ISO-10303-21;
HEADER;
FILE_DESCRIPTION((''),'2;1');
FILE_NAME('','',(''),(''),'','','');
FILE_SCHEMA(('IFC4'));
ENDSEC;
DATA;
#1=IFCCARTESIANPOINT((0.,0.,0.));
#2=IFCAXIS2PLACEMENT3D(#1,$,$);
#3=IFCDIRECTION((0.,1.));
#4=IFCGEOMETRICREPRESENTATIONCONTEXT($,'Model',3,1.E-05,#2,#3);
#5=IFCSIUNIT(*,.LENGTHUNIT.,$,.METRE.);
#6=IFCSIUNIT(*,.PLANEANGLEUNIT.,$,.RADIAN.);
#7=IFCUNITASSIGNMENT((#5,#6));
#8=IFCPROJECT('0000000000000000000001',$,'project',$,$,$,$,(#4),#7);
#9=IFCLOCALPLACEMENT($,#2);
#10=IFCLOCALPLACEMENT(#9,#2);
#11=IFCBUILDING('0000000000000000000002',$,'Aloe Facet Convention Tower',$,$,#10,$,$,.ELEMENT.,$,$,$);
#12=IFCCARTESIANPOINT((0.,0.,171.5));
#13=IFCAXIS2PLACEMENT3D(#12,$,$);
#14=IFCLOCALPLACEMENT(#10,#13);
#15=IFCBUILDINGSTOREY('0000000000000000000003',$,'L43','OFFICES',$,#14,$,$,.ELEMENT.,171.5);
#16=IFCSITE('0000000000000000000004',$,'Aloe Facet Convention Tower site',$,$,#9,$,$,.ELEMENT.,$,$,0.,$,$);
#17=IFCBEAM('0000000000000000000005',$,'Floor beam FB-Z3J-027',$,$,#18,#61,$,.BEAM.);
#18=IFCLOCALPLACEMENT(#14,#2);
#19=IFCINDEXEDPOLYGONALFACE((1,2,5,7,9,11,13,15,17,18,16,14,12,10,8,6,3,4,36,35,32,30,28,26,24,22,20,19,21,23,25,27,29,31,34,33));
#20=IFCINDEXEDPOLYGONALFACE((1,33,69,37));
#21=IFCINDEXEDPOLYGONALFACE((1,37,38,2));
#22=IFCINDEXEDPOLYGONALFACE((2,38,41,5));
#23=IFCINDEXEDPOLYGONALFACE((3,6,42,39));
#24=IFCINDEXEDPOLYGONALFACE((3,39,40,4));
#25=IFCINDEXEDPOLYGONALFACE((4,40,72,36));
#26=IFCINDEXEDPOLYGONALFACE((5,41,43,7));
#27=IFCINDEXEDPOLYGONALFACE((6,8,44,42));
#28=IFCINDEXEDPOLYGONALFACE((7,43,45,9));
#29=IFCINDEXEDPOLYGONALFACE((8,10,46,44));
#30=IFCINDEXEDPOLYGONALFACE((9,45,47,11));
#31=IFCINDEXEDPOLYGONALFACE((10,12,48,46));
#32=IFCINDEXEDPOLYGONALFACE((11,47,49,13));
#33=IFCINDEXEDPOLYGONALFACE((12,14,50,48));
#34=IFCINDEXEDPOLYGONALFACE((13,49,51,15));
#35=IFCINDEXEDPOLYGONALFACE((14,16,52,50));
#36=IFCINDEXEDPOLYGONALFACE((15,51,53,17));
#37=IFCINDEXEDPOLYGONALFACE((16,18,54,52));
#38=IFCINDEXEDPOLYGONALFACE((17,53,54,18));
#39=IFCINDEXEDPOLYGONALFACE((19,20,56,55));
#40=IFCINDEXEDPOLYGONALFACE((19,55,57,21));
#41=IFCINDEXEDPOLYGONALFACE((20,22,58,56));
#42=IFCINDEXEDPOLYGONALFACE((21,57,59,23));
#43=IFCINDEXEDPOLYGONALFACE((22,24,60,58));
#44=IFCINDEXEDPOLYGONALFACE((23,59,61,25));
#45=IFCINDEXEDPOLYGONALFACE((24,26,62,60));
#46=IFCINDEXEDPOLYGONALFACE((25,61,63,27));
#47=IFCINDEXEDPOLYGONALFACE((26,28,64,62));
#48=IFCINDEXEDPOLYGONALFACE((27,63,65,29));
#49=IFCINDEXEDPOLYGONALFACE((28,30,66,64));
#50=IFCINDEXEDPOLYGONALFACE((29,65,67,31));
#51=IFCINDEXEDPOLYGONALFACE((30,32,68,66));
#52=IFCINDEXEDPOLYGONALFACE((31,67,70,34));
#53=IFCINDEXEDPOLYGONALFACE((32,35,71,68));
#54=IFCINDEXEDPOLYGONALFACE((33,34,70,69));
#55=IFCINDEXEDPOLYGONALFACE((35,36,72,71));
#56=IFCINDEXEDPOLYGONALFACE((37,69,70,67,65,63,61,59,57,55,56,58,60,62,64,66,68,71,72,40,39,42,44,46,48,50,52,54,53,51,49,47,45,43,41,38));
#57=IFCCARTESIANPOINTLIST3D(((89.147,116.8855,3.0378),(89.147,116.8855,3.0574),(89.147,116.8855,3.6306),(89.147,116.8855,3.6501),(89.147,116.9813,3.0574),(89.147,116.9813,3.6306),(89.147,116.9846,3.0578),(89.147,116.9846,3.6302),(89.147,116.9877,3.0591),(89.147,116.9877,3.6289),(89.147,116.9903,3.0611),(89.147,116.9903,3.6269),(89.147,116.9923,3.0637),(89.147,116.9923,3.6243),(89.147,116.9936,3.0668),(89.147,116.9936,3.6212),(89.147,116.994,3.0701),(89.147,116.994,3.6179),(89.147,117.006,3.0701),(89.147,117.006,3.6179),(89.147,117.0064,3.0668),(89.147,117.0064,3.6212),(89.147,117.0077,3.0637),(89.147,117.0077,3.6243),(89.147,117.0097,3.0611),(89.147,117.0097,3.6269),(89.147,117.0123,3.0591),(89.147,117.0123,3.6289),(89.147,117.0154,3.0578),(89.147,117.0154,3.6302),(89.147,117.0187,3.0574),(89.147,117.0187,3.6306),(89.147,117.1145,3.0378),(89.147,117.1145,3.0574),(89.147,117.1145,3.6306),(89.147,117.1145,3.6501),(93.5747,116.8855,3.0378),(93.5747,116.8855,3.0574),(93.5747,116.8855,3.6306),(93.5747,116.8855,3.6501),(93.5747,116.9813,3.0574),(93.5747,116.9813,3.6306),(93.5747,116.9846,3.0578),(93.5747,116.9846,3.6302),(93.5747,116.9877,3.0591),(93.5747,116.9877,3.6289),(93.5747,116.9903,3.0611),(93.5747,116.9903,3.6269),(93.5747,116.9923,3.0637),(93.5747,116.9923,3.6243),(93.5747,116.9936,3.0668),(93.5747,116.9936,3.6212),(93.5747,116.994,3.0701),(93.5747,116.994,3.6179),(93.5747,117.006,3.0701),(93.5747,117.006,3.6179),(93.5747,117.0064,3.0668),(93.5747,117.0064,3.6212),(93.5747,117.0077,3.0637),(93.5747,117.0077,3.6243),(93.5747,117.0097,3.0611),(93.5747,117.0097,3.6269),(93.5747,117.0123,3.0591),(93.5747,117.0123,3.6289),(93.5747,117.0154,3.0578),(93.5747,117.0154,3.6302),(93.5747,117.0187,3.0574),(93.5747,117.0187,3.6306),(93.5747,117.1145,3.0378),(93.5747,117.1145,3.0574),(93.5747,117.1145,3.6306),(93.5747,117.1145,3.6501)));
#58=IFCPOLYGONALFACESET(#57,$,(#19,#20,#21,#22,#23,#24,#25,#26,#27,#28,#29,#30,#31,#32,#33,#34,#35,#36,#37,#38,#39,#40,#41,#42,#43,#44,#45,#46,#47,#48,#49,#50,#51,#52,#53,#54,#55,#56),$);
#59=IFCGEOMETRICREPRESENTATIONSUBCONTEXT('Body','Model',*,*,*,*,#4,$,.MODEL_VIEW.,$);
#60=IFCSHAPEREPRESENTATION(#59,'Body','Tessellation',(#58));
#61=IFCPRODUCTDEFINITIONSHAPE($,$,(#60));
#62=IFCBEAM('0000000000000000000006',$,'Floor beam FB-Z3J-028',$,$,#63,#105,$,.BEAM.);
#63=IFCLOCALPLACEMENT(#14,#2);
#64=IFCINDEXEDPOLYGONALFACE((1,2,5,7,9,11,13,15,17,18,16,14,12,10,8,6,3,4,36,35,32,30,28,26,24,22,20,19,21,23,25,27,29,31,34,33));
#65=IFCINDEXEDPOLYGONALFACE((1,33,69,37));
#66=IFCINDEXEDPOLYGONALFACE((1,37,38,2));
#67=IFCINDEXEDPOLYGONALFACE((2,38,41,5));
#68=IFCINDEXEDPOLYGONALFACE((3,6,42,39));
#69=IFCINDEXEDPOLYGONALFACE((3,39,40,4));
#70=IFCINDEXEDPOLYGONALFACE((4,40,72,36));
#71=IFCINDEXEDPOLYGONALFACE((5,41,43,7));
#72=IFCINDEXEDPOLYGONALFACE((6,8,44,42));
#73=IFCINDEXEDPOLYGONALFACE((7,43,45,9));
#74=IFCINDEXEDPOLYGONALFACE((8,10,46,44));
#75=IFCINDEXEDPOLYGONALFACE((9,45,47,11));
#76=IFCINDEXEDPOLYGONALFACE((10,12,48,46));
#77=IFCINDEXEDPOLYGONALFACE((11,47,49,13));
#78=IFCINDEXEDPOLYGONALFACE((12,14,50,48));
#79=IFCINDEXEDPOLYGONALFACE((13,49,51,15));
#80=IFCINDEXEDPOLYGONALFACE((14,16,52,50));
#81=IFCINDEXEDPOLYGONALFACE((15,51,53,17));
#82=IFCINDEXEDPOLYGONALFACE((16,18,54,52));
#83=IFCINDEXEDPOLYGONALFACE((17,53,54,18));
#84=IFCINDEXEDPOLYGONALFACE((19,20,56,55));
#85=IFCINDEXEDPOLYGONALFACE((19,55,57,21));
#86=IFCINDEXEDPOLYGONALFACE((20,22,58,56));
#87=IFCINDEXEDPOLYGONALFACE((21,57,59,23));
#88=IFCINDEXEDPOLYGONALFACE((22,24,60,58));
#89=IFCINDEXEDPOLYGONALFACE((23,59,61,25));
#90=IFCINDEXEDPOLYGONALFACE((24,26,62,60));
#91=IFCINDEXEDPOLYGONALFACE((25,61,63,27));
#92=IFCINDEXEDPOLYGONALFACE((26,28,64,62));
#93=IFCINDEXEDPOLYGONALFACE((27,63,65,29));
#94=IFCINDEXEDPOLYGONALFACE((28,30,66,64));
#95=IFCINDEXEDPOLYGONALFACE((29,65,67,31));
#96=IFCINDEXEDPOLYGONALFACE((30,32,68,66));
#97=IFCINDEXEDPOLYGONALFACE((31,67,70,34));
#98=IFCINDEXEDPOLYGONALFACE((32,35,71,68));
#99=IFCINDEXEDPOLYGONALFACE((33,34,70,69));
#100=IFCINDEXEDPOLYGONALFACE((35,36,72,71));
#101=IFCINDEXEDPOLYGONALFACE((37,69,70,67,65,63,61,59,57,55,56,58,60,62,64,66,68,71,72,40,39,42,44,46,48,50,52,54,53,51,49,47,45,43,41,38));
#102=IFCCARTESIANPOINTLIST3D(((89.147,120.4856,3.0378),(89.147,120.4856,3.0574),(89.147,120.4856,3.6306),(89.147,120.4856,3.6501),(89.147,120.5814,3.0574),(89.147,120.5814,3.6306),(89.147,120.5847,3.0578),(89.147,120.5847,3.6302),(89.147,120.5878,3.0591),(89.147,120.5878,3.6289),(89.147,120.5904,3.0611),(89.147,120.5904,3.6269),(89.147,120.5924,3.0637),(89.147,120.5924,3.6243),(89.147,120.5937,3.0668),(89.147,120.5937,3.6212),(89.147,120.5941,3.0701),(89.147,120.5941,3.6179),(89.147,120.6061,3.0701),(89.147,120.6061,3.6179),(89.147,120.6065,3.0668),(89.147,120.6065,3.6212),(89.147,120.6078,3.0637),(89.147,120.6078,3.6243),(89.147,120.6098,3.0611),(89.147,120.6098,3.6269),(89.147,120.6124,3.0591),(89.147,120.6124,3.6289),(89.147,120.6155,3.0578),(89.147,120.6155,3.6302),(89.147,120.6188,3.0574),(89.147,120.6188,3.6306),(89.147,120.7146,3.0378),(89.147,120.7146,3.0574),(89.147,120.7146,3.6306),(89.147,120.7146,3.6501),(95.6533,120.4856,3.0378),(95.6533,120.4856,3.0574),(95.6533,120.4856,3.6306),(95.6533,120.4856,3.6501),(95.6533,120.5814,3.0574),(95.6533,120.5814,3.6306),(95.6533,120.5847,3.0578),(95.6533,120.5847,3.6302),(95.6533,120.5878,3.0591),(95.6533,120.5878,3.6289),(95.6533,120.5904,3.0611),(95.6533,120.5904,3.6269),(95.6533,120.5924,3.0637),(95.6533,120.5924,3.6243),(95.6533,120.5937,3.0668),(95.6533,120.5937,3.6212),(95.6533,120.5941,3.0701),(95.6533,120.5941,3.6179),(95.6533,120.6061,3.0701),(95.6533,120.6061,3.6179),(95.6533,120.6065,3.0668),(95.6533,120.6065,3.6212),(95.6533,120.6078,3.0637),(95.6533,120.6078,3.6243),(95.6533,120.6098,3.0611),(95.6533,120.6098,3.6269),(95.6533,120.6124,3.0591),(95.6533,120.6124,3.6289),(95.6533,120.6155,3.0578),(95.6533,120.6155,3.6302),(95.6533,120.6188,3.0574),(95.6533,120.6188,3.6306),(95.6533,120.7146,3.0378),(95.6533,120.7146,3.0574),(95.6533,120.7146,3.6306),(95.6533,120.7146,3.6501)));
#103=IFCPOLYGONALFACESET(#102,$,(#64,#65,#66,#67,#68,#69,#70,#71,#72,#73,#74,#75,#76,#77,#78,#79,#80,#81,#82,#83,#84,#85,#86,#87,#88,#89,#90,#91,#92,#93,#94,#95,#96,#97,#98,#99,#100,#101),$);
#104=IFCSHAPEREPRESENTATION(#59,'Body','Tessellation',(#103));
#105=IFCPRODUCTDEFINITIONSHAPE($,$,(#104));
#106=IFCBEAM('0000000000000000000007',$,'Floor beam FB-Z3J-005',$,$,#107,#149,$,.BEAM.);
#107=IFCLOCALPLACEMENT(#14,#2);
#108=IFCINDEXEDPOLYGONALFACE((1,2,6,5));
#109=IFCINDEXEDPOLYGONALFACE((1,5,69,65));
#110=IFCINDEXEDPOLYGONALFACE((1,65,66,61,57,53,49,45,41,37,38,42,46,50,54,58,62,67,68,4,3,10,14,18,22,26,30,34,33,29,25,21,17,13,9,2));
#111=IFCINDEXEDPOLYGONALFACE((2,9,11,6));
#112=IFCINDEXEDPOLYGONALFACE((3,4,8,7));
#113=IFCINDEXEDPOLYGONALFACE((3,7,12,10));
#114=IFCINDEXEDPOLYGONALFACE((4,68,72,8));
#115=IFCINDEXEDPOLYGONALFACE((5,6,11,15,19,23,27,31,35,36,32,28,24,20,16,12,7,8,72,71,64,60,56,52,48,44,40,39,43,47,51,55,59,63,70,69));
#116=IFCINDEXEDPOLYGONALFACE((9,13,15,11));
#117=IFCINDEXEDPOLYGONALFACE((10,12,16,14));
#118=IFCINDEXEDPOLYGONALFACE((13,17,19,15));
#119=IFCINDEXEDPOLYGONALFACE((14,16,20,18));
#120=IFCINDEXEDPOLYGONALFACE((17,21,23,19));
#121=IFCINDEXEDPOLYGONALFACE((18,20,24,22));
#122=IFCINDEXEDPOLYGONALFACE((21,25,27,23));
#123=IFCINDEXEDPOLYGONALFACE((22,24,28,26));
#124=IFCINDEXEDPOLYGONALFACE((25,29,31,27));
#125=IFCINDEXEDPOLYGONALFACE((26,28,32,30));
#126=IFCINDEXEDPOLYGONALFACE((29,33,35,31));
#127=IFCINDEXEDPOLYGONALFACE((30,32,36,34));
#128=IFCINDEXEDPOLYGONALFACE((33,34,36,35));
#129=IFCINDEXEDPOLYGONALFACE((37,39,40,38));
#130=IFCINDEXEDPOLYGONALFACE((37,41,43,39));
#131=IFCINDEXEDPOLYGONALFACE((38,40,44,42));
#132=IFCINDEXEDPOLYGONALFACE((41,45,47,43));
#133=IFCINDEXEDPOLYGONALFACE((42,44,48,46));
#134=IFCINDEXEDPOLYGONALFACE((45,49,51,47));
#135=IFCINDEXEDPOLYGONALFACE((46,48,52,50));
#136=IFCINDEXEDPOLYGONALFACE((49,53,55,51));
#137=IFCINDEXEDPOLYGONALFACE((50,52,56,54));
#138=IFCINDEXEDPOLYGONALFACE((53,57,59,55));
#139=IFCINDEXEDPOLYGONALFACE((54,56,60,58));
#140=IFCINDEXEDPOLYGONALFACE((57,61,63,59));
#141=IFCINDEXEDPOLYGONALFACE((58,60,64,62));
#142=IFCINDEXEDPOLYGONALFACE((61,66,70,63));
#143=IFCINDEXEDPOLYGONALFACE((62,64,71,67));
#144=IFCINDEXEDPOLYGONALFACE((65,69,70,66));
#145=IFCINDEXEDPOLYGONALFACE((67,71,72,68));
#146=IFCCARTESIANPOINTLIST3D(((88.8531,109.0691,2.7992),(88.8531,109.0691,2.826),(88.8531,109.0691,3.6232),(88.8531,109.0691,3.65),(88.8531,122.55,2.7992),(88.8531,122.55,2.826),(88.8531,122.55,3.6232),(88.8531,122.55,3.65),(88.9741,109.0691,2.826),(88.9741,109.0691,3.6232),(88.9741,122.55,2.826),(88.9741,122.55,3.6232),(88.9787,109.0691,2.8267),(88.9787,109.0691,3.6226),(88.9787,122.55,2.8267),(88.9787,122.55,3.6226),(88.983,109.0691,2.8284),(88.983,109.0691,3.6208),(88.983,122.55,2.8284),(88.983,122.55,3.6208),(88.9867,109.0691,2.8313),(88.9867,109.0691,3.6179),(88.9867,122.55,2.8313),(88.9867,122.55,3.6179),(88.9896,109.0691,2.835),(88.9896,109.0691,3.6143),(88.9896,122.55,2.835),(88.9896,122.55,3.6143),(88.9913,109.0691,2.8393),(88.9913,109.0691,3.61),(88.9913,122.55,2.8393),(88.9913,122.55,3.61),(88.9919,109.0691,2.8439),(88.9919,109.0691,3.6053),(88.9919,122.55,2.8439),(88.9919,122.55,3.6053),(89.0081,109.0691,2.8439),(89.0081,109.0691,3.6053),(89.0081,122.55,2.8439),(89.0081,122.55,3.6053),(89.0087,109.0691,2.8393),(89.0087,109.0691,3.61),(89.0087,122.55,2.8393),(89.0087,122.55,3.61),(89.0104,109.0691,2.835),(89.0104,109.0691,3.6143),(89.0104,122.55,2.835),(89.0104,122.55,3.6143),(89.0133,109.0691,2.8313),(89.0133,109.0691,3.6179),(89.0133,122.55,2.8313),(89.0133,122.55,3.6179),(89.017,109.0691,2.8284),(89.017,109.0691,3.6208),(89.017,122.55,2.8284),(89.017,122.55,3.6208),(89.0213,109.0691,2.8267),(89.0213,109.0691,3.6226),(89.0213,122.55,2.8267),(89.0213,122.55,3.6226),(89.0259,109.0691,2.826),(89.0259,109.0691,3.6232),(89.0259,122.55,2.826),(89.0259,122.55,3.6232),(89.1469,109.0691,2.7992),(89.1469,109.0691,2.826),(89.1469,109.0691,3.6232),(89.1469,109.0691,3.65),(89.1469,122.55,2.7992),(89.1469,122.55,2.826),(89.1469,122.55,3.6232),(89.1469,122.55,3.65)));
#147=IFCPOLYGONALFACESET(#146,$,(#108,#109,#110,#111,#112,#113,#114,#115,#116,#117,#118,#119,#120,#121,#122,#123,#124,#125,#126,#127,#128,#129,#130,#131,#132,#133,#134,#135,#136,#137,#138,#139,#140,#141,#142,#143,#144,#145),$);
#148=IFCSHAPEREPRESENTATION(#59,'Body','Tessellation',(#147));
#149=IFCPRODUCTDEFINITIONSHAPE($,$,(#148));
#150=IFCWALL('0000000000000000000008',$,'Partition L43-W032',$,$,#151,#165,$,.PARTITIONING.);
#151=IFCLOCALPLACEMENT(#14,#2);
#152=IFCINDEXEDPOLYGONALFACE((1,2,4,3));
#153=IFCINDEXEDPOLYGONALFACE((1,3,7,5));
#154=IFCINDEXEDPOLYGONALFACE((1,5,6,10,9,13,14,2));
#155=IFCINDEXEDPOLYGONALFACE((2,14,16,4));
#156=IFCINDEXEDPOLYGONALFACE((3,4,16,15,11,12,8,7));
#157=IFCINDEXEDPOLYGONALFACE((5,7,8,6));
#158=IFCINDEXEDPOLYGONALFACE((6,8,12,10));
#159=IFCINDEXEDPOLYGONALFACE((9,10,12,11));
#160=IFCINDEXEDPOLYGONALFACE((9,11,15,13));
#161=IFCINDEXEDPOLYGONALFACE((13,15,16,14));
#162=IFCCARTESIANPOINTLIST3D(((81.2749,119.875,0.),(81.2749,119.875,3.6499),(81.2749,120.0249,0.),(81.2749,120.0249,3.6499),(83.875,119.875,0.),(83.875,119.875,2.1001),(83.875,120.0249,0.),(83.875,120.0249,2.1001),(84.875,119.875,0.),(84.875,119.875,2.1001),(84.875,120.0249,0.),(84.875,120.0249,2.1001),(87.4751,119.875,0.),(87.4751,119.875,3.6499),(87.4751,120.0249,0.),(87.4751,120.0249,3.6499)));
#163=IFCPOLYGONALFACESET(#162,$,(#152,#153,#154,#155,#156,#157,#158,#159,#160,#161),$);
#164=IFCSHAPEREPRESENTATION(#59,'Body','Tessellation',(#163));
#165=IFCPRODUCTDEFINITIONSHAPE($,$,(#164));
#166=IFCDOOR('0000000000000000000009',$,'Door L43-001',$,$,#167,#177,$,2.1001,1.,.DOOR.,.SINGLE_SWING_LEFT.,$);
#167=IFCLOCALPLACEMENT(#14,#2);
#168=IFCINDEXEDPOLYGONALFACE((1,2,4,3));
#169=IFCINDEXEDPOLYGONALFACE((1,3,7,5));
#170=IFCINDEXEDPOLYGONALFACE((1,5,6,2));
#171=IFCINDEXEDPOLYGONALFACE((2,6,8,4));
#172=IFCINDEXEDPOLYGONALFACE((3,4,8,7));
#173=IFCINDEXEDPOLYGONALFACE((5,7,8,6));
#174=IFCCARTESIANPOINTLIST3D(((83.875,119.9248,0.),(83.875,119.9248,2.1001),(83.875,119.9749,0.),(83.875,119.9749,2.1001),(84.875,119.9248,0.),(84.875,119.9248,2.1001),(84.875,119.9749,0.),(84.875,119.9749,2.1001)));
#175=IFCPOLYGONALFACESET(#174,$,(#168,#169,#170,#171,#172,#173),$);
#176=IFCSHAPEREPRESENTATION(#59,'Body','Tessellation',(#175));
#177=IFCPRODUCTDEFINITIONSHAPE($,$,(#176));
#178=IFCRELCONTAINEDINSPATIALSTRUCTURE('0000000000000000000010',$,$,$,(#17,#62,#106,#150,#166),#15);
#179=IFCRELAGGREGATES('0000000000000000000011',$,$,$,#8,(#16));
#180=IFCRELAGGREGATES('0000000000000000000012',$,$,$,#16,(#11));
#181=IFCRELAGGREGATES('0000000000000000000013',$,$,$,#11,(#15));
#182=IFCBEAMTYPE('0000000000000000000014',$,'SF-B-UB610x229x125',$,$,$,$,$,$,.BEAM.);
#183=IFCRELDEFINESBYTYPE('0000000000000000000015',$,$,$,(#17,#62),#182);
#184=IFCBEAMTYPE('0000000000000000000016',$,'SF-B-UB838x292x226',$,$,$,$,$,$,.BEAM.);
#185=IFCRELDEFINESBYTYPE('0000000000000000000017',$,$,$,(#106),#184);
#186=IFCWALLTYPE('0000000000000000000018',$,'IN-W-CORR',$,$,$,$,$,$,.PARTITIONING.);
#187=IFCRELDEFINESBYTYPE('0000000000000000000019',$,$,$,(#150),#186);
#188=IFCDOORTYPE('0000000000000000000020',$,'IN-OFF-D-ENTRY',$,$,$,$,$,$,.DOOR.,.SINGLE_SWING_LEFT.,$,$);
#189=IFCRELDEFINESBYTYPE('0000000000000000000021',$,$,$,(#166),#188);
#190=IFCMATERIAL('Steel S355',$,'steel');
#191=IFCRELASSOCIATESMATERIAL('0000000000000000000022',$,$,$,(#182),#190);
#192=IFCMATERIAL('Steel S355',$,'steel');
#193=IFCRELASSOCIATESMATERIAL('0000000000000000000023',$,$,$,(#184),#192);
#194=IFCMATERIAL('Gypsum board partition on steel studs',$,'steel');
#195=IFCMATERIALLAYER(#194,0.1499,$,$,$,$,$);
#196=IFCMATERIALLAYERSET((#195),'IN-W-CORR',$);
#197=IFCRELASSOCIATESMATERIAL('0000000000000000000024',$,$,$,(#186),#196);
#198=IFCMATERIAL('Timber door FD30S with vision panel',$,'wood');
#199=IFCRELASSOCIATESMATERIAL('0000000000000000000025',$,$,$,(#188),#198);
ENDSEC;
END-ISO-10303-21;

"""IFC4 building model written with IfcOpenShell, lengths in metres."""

from ifc_helpers import new_model, si_unit, direction, frame, frame_2d, origin, origin_2d, place, context, subcontext, project, spatial, rectangle, i_section, extrude, material, layer, layer_set, material_profile, profile_set, type_object, element, fill, save


model = new_model("IFC4")

# Units and contexts
model_context = context("Model", 3, precision=1e-05, world=origin(), true_north=direction((0.0, 1.0)))
body_context = subcontext(model_context, "Body", "Model", "MODEL_VIEW")
ifc_project = project(units=[si_unit("LENGTHUNIT", "METRE"), si_unit("PLANEANGLEUNIT", "RADIAN")], contexts=[model_context])

# Site, building, storey
site_placement = place(None, origin())
site = spatial("IfcSite", under=ifc_project, at=site_placement, Name="Aloe Facet Convention Tower site", CompositionType="ELEMENT", RefElevation=0.0)
building_placement = place(site_placement, origin())
building = spatial("IfcBuilding", under=site, at=building_placement, Name="Aloe Facet Convention Tower", CompositionType="ELEMENT")
storey_placement = place(building_placement, frame((0.0, 0.0, 171.5)))
storey = spatial("IfcBuildingStorey", under=building, at=storey_placement, Name="L43", Description="OFFICES", CompositionType="ELEMENT", Elevation=171.5)

# Beams
ifc_material_1 = material(Name="Steel S355", Category="steel")
ifc_material_profile_1 = material_profile(ifc_material_1, i_section(OverallWidth=0.229, OverallDepth=0.6123, WebThickness=0.012, FlangeThickness=0.0195, FilletRadius=0.0127, at=origin_2d()), Name="UB 610x229x125")
ifc_profile_set_1 = profile_set([ifc_material_profile_1], Name="Steel S355")
beam_type_1 = type_object("IfcBeamType", Name="SF-B-UB610x229x125", PredefinedType="BEAM", material=ifc_profile_set_1)
beam_1_placement = place(storey_placement, frame((89.147, 117.0, 3.344), z_axis=(1.0, 0.0, 0.0), x_axis=(0.0, 1.0, 0.0)))
element("IfcBeam", 1, at=beam_1_placement, inside=storey, type_object=beam_type_1, Name="Floor beam FB-Z3J-027", PredefinedType="BEAM", context=body_context, shape_type="SweptSolid", body=[
    extrude(i_section(OverallWidth=0.229, OverallDepth=0.6123, WebThickness=0.012, FlangeThickness=0.0195, FilletRadius=0.0127, at=origin_2d()), origin(), (0.0, 0.0, 1.0), 4.4277),
])
beam_2_placement = place(storey_placement, frame((89.147, 120.6001, 3.344), z_axis=(1.0, 0.0, 0.0), x_axis=(0.0, 1.0, 0.0)))
element("IfcBeam", 2, at=beam_2_placement, inside=storey, type_object=beam_type_1, Name="Floor beam FB-Z3J-028", PredefinedType="BEAM", context=body_context, shape_type="SweptSolid", body=[
    extrude(i_section(OverallWidth=0.229, OverallDepth=0.6123, WebThickness=0.012, FlangeThickness=0.0195, FilletRadius=0.0127, at=origin_2d()), origin(), (0.0, 0.0, 1.0), 6.5063),
])
ifc_material_2 = material(Name="Steel S355", Category="steel")
ifc_material_profile_2 = material_profile(ifc_material_2, i_section(OverallWidth=0.2937, OverallDepth=0.8508, WebThickness=0.0161, FlangeThickness=0.0269, FilletRadius=0.0178, at=origin_2d()), Name="UB 838x292x226")
ifc_profile_set_2 = profile_set([ifc_material_profile_2], Name="Steel S355")
beam_type_2 = type_object("IfcBeamType", Name="SF-B-UB838x292x226", PredefinedType="BEAM", material=ifc_profile_set_2)
beam_3_placement = place(storey_placement, frame((89.0, 122.55, 3.2246), z_axis=(0.0, -1.0, 0.0), x_axis=(1.0, 0.0, 0.0)))
element("IfcBeam", 3, at=beam_3_placement, inside=storey, type_object=beam_type_2, Name="Floor beam FB-Z3J-005", PredefinedType="BEAM", context=body_context, shape_type="SweptSolid", body=[
    extrude(i_section(OverallWidth=0.2937, OverallDepth=0.8508, WebThickness=0.0161, FlangeThickness=0.0269, FilletRadius=0.0178, at=origin_2d()), origin(), (0.0, 0.0, 1.0), 13.481),
])

# Wall, opening, door
ifc_material_3 = material(Name="Gypsum board partition on steel studs", Category="steel")
ifc_layer_1 = layer(ifc_material_3, 0.1499)
ifc_layer_set_1 = layer_set([ifc_layer_1], Name="IN-W-CORR")
wall_type_1 = type_object("IfcWallType", Name="IN-W-CORR", PredefinedType="PARTITIONING", material=ifc_layer_set_1)
wall_1_placement = place(storey_placement, frame((81.2749, 119.95, 0.0), z_axis=(0.0, 0.0, 1.0), x_axis=(1.0, 0.0, 0.0)))
wall_1 = element("IfcWall", 4, at=wall_1_placement, inside=storey, type_object=wall_type_1, Name="Partition L43-W032", PredefinedType="PARTITIONING", context=body_context, shape_type="SweptSolid", body=[
    extrude(rectangle(XDim=6.2002, YDim=0.1499, at=frame_2d((3.1001, 0.0))), origin(), (0.0, 0.0, 1.0), 3.6499),
])
opening_1_placement = place(wall_1_placement, frame((2.6001, 0.0, 0.0)))
opening_1 = element("IfcOpeningElement", 5, at=opening_1_placement, cuts=wall_1, PredefinedType="OPENING", context=body_context, shape_type="SweptSolid", body=[
    extrude(rectangle(XDim=1.0, YDim=2.1001, at=frame_2d((0.5, 1.05))), frame((0.0, 0.085, 0.0), z_axis=(0.0, -1.0, 0.0), x_axis=(1.0, 0.0, 0.0)), (0.0, 0.0, 1.0), 0.1699),
])
ifc_material_4 = material(Name="Timber door FD30S with vision panel", Category="wood")
door_type_1 = type_object("IfcDoorType", Name="IN-OFF-D-ENTRY", OperationType="SINGLE_SWING_LEFT", PredefinedType="DOOR", material=ifc_material_4)
door_1_placement = place(opening_1_placement, origin())
door_1 = element("IfcDoor", 6, at=door_1_placement, inside=storey, type_object=door_type_1, Name="Door L43-001", OperationType="SINGLE_SWING_LEFT", OverallHeight=2.1001, OverallWidth=1.0, PredefinedType="DOOR", context=body_context, shape_type="SweptSolid", body=[
    extrude(rectangle(XDim=1.0, YDim=2.1001, at=frame_2d((0.5, 1.05))), frame((0.0, 0.0249, 0.0), z_axis=(0.0, -1.0, 0.0), x_axis=(1.0, 0.0, 0.0)), (0.0, 0.0, 1.0), 0.05),
])
fill(opening_1, door_1)

save(model, "model.ifc")
